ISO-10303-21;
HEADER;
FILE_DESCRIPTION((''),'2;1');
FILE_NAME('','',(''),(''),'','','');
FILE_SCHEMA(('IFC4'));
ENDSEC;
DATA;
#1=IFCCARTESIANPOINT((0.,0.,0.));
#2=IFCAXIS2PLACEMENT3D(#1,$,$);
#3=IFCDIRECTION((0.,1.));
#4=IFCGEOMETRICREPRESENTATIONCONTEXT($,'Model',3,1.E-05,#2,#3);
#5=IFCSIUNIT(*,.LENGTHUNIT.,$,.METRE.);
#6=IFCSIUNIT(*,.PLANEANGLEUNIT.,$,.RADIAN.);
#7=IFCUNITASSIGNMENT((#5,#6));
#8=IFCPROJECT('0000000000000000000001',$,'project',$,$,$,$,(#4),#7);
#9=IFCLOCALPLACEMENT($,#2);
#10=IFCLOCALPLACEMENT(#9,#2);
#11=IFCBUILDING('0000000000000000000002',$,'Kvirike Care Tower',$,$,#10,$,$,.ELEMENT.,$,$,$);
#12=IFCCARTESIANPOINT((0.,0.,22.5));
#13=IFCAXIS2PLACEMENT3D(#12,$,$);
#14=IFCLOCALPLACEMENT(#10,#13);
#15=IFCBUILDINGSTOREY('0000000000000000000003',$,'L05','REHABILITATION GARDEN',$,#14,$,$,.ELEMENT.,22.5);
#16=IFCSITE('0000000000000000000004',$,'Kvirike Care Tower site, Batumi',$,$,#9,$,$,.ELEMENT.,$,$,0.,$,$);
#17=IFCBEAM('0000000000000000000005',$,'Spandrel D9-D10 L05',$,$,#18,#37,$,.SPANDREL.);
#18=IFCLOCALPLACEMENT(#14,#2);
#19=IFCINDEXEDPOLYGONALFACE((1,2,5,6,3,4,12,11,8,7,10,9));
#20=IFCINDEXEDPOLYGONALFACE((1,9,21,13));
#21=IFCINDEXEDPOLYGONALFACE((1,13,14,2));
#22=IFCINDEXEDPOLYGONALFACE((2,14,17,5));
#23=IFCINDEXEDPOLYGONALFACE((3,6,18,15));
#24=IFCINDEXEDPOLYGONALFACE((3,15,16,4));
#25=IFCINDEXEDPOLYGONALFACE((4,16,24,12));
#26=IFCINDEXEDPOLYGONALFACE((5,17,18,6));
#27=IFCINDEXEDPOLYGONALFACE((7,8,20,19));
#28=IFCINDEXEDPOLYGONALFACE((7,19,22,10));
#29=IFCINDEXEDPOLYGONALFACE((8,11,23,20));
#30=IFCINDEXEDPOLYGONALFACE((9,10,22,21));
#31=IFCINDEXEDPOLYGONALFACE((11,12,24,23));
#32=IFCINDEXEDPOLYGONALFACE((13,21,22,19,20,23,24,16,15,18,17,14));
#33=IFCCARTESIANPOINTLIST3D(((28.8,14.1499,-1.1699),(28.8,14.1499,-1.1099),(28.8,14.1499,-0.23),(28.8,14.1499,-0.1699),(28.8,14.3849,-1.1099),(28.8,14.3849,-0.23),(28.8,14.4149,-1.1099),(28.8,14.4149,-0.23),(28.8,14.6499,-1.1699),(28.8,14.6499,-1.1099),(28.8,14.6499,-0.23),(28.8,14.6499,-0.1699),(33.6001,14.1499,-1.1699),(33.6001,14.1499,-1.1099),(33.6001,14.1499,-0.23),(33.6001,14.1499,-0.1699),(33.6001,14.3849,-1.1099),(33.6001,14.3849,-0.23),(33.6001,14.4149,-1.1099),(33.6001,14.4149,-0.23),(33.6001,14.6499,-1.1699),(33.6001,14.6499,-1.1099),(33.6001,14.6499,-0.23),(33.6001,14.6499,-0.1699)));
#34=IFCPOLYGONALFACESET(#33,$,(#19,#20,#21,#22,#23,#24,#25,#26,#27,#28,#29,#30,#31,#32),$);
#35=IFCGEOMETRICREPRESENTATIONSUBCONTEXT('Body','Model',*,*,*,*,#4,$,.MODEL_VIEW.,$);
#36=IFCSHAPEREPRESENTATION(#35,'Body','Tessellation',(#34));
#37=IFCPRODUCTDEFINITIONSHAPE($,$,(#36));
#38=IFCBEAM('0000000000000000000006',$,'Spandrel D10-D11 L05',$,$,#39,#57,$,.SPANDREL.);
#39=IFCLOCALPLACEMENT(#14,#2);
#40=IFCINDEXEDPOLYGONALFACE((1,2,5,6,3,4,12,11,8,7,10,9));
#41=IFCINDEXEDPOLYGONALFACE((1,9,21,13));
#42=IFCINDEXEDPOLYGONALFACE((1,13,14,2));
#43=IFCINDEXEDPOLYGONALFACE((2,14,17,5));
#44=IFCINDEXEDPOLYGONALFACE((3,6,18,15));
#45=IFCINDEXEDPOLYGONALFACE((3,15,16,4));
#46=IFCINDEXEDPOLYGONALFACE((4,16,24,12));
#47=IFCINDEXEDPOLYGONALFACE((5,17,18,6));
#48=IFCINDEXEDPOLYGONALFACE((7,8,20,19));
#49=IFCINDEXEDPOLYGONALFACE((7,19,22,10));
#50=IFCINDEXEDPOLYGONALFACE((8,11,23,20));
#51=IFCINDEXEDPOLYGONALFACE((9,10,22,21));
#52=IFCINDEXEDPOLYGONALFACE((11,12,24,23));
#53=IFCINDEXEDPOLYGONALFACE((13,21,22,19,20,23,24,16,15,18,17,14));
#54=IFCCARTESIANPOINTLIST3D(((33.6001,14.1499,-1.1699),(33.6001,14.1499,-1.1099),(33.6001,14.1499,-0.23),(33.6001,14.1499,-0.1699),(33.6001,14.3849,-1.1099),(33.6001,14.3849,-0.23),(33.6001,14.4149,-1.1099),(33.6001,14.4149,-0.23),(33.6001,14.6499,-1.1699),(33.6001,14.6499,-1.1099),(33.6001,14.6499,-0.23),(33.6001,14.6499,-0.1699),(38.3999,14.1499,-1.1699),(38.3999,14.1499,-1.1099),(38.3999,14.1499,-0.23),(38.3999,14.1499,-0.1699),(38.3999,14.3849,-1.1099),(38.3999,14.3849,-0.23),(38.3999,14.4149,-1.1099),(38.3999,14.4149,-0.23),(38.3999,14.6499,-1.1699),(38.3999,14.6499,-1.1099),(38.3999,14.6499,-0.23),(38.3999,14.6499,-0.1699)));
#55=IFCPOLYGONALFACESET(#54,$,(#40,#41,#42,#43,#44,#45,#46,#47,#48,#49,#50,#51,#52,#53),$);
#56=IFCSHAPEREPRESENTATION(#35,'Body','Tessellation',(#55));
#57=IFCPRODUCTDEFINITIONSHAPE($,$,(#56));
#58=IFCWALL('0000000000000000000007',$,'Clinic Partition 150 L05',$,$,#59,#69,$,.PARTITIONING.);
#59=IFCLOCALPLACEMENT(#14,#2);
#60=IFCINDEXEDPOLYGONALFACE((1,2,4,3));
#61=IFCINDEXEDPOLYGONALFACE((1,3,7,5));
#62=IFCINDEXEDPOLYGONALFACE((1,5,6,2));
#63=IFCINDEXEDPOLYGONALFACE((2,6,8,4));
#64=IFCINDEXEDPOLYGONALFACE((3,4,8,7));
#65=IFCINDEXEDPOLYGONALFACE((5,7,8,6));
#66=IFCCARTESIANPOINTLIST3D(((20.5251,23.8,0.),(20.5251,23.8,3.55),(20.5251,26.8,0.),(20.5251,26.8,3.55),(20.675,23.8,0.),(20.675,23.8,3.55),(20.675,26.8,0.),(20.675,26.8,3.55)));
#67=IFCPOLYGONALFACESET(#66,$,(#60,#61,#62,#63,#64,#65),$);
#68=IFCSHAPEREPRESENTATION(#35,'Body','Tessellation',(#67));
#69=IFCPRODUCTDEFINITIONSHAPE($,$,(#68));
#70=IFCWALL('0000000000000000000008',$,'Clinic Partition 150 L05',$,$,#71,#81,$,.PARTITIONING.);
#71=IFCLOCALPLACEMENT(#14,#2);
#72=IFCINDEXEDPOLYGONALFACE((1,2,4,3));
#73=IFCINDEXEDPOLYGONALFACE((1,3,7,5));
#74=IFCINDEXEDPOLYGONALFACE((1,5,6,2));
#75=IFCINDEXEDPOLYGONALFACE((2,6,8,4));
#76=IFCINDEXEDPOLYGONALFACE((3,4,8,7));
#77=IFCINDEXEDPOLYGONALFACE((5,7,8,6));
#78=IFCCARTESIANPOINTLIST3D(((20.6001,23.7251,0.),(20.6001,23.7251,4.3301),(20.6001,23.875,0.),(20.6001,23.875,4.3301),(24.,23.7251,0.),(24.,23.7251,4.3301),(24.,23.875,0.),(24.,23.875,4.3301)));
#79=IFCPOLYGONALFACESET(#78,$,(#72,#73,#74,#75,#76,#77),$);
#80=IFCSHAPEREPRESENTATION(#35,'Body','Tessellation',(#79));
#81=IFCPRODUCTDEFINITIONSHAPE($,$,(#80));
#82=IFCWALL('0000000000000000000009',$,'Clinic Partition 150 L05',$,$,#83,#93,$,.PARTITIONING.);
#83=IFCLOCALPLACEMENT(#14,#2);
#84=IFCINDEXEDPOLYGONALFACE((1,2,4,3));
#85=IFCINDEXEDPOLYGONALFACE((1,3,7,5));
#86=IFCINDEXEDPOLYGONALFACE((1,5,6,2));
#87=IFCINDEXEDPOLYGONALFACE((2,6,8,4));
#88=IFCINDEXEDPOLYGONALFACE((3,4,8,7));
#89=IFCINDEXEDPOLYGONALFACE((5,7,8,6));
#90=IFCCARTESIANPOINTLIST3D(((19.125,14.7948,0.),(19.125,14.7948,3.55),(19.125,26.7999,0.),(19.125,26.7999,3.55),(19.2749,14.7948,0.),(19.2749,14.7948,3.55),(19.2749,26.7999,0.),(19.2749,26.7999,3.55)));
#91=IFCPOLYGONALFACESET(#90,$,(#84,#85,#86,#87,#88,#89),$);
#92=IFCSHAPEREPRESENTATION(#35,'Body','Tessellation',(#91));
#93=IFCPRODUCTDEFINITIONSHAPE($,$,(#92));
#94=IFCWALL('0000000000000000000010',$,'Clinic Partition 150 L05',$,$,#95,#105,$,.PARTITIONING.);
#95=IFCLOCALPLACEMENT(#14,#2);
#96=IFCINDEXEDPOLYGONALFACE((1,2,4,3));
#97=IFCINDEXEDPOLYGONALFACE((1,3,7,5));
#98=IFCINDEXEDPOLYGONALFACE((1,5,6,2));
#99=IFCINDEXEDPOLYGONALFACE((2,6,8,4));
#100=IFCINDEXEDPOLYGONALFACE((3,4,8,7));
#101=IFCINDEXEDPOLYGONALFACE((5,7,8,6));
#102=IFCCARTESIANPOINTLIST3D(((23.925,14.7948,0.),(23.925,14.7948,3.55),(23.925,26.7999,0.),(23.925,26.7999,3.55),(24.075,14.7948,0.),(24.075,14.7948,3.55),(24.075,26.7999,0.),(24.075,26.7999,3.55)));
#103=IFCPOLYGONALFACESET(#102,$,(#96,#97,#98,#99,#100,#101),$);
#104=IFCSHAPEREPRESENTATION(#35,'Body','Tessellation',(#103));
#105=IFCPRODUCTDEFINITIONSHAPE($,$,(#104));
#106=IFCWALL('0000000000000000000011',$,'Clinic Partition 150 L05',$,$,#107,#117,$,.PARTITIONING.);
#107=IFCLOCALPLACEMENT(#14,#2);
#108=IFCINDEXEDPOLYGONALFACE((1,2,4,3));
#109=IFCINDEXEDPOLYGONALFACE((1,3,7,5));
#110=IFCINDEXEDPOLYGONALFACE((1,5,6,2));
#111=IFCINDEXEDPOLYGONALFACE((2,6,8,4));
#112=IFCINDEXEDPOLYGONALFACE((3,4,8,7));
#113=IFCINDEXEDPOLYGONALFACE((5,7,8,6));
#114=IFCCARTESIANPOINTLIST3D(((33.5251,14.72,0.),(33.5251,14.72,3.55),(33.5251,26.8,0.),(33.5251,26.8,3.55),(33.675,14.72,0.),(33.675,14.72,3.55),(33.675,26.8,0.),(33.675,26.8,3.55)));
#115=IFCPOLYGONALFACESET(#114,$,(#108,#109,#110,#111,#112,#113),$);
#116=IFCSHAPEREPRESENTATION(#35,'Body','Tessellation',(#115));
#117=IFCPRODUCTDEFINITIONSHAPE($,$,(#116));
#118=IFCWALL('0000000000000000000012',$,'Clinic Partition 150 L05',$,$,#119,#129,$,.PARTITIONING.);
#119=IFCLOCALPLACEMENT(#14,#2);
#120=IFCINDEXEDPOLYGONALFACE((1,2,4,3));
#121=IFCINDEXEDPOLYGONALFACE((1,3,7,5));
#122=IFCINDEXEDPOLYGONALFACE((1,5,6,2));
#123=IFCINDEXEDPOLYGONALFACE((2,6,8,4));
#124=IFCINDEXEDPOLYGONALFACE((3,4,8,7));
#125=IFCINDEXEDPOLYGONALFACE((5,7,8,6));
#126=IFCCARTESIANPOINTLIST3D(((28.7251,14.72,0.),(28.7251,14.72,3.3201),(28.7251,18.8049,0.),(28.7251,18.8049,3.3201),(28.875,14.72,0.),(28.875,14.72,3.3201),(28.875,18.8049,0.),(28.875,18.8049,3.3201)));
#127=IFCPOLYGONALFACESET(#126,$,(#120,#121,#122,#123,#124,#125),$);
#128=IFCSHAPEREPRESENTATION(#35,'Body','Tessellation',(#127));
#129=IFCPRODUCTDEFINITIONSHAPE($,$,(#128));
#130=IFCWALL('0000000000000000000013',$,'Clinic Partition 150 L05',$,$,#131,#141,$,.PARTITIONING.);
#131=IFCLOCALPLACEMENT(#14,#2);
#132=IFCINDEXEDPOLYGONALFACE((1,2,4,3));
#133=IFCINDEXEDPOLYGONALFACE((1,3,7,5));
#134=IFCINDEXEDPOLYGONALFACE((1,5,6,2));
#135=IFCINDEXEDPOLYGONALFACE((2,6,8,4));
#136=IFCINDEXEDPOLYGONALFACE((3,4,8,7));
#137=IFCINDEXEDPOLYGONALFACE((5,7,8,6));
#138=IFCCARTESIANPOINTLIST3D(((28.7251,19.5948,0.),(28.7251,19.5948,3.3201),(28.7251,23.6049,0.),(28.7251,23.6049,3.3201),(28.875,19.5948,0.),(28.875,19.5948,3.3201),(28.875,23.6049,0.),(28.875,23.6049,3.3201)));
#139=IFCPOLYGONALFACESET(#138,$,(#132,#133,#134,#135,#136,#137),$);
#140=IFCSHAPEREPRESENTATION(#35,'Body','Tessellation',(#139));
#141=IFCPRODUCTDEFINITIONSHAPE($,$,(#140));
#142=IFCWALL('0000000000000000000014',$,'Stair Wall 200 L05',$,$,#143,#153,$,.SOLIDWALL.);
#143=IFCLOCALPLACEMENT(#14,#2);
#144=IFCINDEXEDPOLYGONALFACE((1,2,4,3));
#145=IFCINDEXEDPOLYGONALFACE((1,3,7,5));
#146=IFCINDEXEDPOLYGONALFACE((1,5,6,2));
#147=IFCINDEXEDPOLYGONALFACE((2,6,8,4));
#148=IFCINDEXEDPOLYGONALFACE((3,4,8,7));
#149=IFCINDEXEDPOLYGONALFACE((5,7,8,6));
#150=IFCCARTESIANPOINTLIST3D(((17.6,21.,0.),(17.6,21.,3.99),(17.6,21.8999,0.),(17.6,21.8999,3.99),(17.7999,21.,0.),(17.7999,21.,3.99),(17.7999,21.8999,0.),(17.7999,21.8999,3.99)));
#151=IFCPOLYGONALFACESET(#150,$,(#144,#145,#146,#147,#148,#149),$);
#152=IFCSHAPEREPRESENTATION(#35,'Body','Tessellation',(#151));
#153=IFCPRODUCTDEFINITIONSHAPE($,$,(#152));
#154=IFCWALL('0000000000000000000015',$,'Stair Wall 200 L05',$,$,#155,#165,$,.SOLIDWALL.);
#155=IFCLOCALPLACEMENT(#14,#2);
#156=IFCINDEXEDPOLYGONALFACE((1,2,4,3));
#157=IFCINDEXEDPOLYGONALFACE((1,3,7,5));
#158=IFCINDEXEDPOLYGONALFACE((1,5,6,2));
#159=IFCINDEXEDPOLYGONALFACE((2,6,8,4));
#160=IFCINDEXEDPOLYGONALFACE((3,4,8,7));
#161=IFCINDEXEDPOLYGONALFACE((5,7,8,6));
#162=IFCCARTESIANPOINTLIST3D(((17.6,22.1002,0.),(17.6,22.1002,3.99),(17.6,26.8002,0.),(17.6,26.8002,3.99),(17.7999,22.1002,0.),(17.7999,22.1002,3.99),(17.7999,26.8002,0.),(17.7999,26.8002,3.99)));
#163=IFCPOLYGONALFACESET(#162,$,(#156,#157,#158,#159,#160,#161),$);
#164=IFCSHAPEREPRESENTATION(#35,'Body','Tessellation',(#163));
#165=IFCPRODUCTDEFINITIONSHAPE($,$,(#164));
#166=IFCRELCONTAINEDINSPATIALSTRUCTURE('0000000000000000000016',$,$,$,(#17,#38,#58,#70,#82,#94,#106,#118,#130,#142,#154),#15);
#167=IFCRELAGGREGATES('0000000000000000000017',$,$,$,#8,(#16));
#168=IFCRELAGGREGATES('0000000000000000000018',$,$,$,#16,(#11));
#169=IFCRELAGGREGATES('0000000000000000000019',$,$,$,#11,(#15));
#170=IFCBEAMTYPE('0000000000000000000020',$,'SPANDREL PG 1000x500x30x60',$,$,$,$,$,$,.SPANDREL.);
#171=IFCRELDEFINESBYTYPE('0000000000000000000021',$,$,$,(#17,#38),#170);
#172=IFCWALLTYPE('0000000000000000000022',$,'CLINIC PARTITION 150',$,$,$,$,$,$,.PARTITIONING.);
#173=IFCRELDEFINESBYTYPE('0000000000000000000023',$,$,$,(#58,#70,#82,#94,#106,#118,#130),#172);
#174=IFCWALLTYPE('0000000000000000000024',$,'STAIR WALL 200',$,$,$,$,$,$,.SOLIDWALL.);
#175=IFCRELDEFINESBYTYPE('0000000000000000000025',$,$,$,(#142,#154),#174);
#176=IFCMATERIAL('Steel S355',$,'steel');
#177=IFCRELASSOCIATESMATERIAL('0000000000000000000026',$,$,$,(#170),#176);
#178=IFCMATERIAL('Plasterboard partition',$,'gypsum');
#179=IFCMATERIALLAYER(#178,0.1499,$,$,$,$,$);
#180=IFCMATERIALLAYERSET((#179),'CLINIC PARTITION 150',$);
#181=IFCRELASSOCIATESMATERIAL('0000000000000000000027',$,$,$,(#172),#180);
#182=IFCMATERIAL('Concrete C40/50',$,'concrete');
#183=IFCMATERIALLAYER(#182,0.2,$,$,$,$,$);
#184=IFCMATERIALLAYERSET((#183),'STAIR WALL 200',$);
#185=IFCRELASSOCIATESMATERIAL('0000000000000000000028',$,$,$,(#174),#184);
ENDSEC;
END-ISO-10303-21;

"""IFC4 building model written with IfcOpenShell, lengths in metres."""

from ifc_helpers import new_model, si_unit, direction, frame, frame_2d, origin, origin_2d, place, context, subcontext, project, spatial, rectangle, i_section, extrude, material, layer, layer_set, material_profile, profile_set, type_object, element, save


model = new_model("IFC4")

# Units and contexts
model_context = context("Model", 3, precision=1e-05, world=origin(), true_north=direction((0.0, 1.0)))
body_context = subcontext(model_context, "Body", "Model", "MODEL_VIEW")
ifc_project = project(units=[si_unit("LENGTHUNIT", "METRE"), si_unit("PLANEANGLEUNIT", "RADIAN")], contexts=[model_context])

# Site, building, storey
site_placement = place(None, origin())
site = spatial("IfcSite", under=ifc_project, at=site_placement, Name="Kvirike Care Tower site, Batumi", CompositionType="ELEMENT", RefElevation=0.0)
building_placement = place(site_placement, origin())
building = spatial("IfcBuilding", under=site, at=building_placement, Name="Kvirike Care Tower", CompositionType="ELEMENT")
storey_placement = place(building_placement, frame((0.0, 0.0, 22.5)))
storey = spatial("IfcBuildingStorey", under=building, at=storey_placement, Name="L05", Description="REHABILITATION GARDEN", CompositionType="ELEMENT", Elevation=22.5)

# Beams
ifc_material_1 = material(Name="Steel S355", Category="steel")
ifc_material_profile_1 = material_profile(ifc_material_1, i_section(OverallWidth=0.5, OverallDepth=1.0, WebThickness=0.03, FlangeThickness=0.0601, at=origin_2d()), Name="PG 1000x500x30x60")
ifc_profile_set_1 = profile_set([ifc_material_profile_1], Name="Steel S355")
beam_type_1 = type_object("IfcBeamType", Name="SPANDREL PG 1000x500x30x60", PredefinedType="SPANDREL", material=ifc_profile_set_1)
for number, where, z_axis, x_axis, name in (
    (1, (28.8, 14.3999, -0.6699), (1.0, 0.0, 0.0), (0.0, 1.0, 0.0), "Spandrel D9-D10 L05"),
):
    element("IfcBeam", number, at=place(storey_placement, frame(where, z_axis=z_axis, x_axis=x_axis)), inside=storey, type_object=beam_type_1, Name=name, PredefinedType="SPANDREL", context=body_context, shape_type="SweptSolid", body=[
        extrude(i_section(OverallWidth=0.5, OverallDepth=1.0, WebThickness=0.03, FlangeThickness=0.0601, at=origin_2d()), origin(), (0.0, 0.0, 1.0), 4.8),
    ])
beam_1_placement = place(storey_placement, frame((33.6001, 14.3999, -0.6699), z_axis=(1.0, 0.0, 0.0), x_axis=(0.0, 1.0, 0.0)))
element("IfcBeam", 2, at=beam_1_placement, inside=storey, type_object=beam_type_1, Name="Spandrel D10-D11 L05", PredefinedType="SPANDREL", context=body_context, shape_type="SweptSolid", body=[
    extrude(i_section(OverallWidth=0.5, OverallDepth=1.0, WebThickness=0.03, FlangeThickness=0.0601, at=origin_2d()), origin(), (0.0, 0.0, 1.0), 4.7998),
])

# Walls
ifc_material_2 = material(Name="Plasterboard partition", Category="gypsum")
ifc_layer_1 = layer(ifc_material_2, 0.1499)
ifc_layer_set_1 = layer_set([ifc_layer_1], Name="CLINIC PARTITION 150")
wall_type_1 = type_object("IfcWallType", Name="CLINIC PARTITION 150", PredefinedType="PARTITIONING", material=ifc_layer_set_1)
wall_1_placement = place(storey_placement, frame((20.6001, 23.8, 0.0), z_axis=(0.0, 0.0, 1.0), x_axis=(0.0, 1.0, 0.0)))
element("IfcWall", 3, at=wall_1_placement, inside=storey, type_object=wall_type_1, Name="Clinic Partition 150 L05", PredefinedType="PARTITIONING", context=body_context, shape_type="SweptSolid", body=[
    extrude(rectangle(XDim=3.0, YDim=0.1499, at=frame_2d((1.5, 0.0))), origin(), (0.0, 0.0, 1.0), 3.55),
])
wall_2_placement = place(storey_placement, frame((20.6001, 23.8, 0.0), z_axis=(0.0, 0.0, 1.0), x_axis=(1.0, 0.0, 0.0)))
element("IfcWall", 4, at=wall_2_placement, inside=storey, type_object=wall_type_1, Name="Clinic Partition 150 L05", PredefinedType="PARTITIONING", context=body_context, shape_type="SweptSolid", body=[
    extrude(rectangle(XDim=3.3999, YDim=0.1499, at=frame_2d((1.7, 0.0))), origin(), (0.0, 0.0, 1.0), 4.3301),
])
for number, where, z_axis, x_axis, name in (
    (5, (19.2, 14.7949, 0.0), (0.0, 0.0, 1.0), (0.0, 1.0, 0.0), "Clinic Partition 150 L05"),
    (6, (24.0, 14.7949, 0.0), (0.0, 0.0, 1.0), (0.0, 1.0, 0.0), "Clinic Partition 150 L05"),
):
    element("IfcWall", number, at=place(storey_placement, frame(where, z_axis=z_axis, x_axis=x_axis)), inside=storey, type_object=wall_type_1, Name=name, PredefinedType="PARTITIONING", context=body_context, shape_type="SweptSolid", body=[
        extrude(rectangle(XDim=12.0051, YDim=0.1499, at=frame_2d((6.0024, 0.0))), origin(), (0.0, 0.0, 1.0), 3.55),
    ])
wall_3_placement = place(storey_placement, frame((33.6001, 14.72, 0.0), z_axis=(0.0, 0.0, 1.0), x_axis=(0.0, 1.0, 0.0)))
element("IfcWall", 7, at=wall_3_placement, inside=storey, type_object=wall_type_1, Name="Clinic Partition 150 L05", PredefinedType="PARTITIONING", context=body_context, shape_type="SweptSolid", body=[
    extrude(rectangle(XDim=12.0801, YDim=0.1499, at=frame_2d((6.04, 0.0))), origin(), (0.0, 0.0, 1.0), 3.55),
])
wall_4_placement = place(storey_placement, frame((28.8, 14.72, 0.0), z_axis=(0.0, 0.0, 1.0), x_axis=(0.0, 1.0, 0.0)))
element("IfcWall", 8, at=wall_4_placement, inside=storey, type_object=wall_type_1, Name="Clinic Partition 150 L05", PredefinedType="PARTITIONING", context=body_context, shape_type="SweptSolid", body=[
    extrude(rectangle(XDim=4.085, YDim=0.1499, at=frame_2d((2.0425, 0.0))), origin(), (0.0, 0.0, 1.0), 3.3201),
])
wall_5_placement = place(storey_placement, frame((28.8, 19.595, 0.0), z_axis=(0.0, 0.0, 1.0), x_axis=(0.0, 1.0, 0.0)))
element("IfcWall", 9, at=wall_5_placement, inside=storey, type_object=wall_type_1, Name="Clinic Partition 150 L05", PredefinedType="PARTITIONING", context=body_context, shape_type="SweptSolid", body=[
    extrude(rectangle(XDim=4.01, YDim=0.1499, at=frame_2d((2.0049, 0.0))), origin(), (0.0, 0.0, 1.0), 3.3201),
])
ifc_material_3 = material(Name="Concrete C40/50", Category="concrete")
ifc_layer_2 = layer(ifc_material_3, 0.2)
ifc_layer_set_2 = layer_set([ifc_layer_2], Name="STAIR WALL 200")
wall_type_2 = type_object("IfcWallType", Name="STAIR WALL 200", PredefinedType="SOLIDWALL", material=ifc_layer_set_2)
wall_6_placement = place(storey_placement, frame((17.7, 21.0, 0.0), z_axis=(0.0, 0.0, 1.0), x_axis=(0.0, 1.0, 0.0)))
element("IfcWall", 10, at=wall_6_placement, inside=storey, type_object=wall_type_2, Name="Stair Wall 200 L05", PredefinedType="SOLIDWALL", context=body_context, shape_type="SweptSolid", body=[
    extrude(rectangle(XDim=0.8999, YDim=0.2, at=frame_2d((0.45, 0.0))), origin(), (0.0, 0.0, 1.0), 3.99),
])
wall_7_placement = place(storey_placement, frame((17.7, 22.1001, 0.0), z_axis=(0.0, 0.0, 1.0), x_axis=(0.0, 1.0, 0.0)))
element("IfcWall", 11, at=wall_7_placement, inside=storey, type_object=wall_type_2, Name="Stair Wall 200 L05", PredefinedType="SOLIDWALL", context=body_context, shape_type="SweptSolid", body=[
    extrude(rectangle(XDim=4.7, YDim=0.2, at=frame_2d((2.3501, 0.0))), origin(), (0.0, 0.0, 1.0), 3.99),
])

save(model, "model.ifc")
